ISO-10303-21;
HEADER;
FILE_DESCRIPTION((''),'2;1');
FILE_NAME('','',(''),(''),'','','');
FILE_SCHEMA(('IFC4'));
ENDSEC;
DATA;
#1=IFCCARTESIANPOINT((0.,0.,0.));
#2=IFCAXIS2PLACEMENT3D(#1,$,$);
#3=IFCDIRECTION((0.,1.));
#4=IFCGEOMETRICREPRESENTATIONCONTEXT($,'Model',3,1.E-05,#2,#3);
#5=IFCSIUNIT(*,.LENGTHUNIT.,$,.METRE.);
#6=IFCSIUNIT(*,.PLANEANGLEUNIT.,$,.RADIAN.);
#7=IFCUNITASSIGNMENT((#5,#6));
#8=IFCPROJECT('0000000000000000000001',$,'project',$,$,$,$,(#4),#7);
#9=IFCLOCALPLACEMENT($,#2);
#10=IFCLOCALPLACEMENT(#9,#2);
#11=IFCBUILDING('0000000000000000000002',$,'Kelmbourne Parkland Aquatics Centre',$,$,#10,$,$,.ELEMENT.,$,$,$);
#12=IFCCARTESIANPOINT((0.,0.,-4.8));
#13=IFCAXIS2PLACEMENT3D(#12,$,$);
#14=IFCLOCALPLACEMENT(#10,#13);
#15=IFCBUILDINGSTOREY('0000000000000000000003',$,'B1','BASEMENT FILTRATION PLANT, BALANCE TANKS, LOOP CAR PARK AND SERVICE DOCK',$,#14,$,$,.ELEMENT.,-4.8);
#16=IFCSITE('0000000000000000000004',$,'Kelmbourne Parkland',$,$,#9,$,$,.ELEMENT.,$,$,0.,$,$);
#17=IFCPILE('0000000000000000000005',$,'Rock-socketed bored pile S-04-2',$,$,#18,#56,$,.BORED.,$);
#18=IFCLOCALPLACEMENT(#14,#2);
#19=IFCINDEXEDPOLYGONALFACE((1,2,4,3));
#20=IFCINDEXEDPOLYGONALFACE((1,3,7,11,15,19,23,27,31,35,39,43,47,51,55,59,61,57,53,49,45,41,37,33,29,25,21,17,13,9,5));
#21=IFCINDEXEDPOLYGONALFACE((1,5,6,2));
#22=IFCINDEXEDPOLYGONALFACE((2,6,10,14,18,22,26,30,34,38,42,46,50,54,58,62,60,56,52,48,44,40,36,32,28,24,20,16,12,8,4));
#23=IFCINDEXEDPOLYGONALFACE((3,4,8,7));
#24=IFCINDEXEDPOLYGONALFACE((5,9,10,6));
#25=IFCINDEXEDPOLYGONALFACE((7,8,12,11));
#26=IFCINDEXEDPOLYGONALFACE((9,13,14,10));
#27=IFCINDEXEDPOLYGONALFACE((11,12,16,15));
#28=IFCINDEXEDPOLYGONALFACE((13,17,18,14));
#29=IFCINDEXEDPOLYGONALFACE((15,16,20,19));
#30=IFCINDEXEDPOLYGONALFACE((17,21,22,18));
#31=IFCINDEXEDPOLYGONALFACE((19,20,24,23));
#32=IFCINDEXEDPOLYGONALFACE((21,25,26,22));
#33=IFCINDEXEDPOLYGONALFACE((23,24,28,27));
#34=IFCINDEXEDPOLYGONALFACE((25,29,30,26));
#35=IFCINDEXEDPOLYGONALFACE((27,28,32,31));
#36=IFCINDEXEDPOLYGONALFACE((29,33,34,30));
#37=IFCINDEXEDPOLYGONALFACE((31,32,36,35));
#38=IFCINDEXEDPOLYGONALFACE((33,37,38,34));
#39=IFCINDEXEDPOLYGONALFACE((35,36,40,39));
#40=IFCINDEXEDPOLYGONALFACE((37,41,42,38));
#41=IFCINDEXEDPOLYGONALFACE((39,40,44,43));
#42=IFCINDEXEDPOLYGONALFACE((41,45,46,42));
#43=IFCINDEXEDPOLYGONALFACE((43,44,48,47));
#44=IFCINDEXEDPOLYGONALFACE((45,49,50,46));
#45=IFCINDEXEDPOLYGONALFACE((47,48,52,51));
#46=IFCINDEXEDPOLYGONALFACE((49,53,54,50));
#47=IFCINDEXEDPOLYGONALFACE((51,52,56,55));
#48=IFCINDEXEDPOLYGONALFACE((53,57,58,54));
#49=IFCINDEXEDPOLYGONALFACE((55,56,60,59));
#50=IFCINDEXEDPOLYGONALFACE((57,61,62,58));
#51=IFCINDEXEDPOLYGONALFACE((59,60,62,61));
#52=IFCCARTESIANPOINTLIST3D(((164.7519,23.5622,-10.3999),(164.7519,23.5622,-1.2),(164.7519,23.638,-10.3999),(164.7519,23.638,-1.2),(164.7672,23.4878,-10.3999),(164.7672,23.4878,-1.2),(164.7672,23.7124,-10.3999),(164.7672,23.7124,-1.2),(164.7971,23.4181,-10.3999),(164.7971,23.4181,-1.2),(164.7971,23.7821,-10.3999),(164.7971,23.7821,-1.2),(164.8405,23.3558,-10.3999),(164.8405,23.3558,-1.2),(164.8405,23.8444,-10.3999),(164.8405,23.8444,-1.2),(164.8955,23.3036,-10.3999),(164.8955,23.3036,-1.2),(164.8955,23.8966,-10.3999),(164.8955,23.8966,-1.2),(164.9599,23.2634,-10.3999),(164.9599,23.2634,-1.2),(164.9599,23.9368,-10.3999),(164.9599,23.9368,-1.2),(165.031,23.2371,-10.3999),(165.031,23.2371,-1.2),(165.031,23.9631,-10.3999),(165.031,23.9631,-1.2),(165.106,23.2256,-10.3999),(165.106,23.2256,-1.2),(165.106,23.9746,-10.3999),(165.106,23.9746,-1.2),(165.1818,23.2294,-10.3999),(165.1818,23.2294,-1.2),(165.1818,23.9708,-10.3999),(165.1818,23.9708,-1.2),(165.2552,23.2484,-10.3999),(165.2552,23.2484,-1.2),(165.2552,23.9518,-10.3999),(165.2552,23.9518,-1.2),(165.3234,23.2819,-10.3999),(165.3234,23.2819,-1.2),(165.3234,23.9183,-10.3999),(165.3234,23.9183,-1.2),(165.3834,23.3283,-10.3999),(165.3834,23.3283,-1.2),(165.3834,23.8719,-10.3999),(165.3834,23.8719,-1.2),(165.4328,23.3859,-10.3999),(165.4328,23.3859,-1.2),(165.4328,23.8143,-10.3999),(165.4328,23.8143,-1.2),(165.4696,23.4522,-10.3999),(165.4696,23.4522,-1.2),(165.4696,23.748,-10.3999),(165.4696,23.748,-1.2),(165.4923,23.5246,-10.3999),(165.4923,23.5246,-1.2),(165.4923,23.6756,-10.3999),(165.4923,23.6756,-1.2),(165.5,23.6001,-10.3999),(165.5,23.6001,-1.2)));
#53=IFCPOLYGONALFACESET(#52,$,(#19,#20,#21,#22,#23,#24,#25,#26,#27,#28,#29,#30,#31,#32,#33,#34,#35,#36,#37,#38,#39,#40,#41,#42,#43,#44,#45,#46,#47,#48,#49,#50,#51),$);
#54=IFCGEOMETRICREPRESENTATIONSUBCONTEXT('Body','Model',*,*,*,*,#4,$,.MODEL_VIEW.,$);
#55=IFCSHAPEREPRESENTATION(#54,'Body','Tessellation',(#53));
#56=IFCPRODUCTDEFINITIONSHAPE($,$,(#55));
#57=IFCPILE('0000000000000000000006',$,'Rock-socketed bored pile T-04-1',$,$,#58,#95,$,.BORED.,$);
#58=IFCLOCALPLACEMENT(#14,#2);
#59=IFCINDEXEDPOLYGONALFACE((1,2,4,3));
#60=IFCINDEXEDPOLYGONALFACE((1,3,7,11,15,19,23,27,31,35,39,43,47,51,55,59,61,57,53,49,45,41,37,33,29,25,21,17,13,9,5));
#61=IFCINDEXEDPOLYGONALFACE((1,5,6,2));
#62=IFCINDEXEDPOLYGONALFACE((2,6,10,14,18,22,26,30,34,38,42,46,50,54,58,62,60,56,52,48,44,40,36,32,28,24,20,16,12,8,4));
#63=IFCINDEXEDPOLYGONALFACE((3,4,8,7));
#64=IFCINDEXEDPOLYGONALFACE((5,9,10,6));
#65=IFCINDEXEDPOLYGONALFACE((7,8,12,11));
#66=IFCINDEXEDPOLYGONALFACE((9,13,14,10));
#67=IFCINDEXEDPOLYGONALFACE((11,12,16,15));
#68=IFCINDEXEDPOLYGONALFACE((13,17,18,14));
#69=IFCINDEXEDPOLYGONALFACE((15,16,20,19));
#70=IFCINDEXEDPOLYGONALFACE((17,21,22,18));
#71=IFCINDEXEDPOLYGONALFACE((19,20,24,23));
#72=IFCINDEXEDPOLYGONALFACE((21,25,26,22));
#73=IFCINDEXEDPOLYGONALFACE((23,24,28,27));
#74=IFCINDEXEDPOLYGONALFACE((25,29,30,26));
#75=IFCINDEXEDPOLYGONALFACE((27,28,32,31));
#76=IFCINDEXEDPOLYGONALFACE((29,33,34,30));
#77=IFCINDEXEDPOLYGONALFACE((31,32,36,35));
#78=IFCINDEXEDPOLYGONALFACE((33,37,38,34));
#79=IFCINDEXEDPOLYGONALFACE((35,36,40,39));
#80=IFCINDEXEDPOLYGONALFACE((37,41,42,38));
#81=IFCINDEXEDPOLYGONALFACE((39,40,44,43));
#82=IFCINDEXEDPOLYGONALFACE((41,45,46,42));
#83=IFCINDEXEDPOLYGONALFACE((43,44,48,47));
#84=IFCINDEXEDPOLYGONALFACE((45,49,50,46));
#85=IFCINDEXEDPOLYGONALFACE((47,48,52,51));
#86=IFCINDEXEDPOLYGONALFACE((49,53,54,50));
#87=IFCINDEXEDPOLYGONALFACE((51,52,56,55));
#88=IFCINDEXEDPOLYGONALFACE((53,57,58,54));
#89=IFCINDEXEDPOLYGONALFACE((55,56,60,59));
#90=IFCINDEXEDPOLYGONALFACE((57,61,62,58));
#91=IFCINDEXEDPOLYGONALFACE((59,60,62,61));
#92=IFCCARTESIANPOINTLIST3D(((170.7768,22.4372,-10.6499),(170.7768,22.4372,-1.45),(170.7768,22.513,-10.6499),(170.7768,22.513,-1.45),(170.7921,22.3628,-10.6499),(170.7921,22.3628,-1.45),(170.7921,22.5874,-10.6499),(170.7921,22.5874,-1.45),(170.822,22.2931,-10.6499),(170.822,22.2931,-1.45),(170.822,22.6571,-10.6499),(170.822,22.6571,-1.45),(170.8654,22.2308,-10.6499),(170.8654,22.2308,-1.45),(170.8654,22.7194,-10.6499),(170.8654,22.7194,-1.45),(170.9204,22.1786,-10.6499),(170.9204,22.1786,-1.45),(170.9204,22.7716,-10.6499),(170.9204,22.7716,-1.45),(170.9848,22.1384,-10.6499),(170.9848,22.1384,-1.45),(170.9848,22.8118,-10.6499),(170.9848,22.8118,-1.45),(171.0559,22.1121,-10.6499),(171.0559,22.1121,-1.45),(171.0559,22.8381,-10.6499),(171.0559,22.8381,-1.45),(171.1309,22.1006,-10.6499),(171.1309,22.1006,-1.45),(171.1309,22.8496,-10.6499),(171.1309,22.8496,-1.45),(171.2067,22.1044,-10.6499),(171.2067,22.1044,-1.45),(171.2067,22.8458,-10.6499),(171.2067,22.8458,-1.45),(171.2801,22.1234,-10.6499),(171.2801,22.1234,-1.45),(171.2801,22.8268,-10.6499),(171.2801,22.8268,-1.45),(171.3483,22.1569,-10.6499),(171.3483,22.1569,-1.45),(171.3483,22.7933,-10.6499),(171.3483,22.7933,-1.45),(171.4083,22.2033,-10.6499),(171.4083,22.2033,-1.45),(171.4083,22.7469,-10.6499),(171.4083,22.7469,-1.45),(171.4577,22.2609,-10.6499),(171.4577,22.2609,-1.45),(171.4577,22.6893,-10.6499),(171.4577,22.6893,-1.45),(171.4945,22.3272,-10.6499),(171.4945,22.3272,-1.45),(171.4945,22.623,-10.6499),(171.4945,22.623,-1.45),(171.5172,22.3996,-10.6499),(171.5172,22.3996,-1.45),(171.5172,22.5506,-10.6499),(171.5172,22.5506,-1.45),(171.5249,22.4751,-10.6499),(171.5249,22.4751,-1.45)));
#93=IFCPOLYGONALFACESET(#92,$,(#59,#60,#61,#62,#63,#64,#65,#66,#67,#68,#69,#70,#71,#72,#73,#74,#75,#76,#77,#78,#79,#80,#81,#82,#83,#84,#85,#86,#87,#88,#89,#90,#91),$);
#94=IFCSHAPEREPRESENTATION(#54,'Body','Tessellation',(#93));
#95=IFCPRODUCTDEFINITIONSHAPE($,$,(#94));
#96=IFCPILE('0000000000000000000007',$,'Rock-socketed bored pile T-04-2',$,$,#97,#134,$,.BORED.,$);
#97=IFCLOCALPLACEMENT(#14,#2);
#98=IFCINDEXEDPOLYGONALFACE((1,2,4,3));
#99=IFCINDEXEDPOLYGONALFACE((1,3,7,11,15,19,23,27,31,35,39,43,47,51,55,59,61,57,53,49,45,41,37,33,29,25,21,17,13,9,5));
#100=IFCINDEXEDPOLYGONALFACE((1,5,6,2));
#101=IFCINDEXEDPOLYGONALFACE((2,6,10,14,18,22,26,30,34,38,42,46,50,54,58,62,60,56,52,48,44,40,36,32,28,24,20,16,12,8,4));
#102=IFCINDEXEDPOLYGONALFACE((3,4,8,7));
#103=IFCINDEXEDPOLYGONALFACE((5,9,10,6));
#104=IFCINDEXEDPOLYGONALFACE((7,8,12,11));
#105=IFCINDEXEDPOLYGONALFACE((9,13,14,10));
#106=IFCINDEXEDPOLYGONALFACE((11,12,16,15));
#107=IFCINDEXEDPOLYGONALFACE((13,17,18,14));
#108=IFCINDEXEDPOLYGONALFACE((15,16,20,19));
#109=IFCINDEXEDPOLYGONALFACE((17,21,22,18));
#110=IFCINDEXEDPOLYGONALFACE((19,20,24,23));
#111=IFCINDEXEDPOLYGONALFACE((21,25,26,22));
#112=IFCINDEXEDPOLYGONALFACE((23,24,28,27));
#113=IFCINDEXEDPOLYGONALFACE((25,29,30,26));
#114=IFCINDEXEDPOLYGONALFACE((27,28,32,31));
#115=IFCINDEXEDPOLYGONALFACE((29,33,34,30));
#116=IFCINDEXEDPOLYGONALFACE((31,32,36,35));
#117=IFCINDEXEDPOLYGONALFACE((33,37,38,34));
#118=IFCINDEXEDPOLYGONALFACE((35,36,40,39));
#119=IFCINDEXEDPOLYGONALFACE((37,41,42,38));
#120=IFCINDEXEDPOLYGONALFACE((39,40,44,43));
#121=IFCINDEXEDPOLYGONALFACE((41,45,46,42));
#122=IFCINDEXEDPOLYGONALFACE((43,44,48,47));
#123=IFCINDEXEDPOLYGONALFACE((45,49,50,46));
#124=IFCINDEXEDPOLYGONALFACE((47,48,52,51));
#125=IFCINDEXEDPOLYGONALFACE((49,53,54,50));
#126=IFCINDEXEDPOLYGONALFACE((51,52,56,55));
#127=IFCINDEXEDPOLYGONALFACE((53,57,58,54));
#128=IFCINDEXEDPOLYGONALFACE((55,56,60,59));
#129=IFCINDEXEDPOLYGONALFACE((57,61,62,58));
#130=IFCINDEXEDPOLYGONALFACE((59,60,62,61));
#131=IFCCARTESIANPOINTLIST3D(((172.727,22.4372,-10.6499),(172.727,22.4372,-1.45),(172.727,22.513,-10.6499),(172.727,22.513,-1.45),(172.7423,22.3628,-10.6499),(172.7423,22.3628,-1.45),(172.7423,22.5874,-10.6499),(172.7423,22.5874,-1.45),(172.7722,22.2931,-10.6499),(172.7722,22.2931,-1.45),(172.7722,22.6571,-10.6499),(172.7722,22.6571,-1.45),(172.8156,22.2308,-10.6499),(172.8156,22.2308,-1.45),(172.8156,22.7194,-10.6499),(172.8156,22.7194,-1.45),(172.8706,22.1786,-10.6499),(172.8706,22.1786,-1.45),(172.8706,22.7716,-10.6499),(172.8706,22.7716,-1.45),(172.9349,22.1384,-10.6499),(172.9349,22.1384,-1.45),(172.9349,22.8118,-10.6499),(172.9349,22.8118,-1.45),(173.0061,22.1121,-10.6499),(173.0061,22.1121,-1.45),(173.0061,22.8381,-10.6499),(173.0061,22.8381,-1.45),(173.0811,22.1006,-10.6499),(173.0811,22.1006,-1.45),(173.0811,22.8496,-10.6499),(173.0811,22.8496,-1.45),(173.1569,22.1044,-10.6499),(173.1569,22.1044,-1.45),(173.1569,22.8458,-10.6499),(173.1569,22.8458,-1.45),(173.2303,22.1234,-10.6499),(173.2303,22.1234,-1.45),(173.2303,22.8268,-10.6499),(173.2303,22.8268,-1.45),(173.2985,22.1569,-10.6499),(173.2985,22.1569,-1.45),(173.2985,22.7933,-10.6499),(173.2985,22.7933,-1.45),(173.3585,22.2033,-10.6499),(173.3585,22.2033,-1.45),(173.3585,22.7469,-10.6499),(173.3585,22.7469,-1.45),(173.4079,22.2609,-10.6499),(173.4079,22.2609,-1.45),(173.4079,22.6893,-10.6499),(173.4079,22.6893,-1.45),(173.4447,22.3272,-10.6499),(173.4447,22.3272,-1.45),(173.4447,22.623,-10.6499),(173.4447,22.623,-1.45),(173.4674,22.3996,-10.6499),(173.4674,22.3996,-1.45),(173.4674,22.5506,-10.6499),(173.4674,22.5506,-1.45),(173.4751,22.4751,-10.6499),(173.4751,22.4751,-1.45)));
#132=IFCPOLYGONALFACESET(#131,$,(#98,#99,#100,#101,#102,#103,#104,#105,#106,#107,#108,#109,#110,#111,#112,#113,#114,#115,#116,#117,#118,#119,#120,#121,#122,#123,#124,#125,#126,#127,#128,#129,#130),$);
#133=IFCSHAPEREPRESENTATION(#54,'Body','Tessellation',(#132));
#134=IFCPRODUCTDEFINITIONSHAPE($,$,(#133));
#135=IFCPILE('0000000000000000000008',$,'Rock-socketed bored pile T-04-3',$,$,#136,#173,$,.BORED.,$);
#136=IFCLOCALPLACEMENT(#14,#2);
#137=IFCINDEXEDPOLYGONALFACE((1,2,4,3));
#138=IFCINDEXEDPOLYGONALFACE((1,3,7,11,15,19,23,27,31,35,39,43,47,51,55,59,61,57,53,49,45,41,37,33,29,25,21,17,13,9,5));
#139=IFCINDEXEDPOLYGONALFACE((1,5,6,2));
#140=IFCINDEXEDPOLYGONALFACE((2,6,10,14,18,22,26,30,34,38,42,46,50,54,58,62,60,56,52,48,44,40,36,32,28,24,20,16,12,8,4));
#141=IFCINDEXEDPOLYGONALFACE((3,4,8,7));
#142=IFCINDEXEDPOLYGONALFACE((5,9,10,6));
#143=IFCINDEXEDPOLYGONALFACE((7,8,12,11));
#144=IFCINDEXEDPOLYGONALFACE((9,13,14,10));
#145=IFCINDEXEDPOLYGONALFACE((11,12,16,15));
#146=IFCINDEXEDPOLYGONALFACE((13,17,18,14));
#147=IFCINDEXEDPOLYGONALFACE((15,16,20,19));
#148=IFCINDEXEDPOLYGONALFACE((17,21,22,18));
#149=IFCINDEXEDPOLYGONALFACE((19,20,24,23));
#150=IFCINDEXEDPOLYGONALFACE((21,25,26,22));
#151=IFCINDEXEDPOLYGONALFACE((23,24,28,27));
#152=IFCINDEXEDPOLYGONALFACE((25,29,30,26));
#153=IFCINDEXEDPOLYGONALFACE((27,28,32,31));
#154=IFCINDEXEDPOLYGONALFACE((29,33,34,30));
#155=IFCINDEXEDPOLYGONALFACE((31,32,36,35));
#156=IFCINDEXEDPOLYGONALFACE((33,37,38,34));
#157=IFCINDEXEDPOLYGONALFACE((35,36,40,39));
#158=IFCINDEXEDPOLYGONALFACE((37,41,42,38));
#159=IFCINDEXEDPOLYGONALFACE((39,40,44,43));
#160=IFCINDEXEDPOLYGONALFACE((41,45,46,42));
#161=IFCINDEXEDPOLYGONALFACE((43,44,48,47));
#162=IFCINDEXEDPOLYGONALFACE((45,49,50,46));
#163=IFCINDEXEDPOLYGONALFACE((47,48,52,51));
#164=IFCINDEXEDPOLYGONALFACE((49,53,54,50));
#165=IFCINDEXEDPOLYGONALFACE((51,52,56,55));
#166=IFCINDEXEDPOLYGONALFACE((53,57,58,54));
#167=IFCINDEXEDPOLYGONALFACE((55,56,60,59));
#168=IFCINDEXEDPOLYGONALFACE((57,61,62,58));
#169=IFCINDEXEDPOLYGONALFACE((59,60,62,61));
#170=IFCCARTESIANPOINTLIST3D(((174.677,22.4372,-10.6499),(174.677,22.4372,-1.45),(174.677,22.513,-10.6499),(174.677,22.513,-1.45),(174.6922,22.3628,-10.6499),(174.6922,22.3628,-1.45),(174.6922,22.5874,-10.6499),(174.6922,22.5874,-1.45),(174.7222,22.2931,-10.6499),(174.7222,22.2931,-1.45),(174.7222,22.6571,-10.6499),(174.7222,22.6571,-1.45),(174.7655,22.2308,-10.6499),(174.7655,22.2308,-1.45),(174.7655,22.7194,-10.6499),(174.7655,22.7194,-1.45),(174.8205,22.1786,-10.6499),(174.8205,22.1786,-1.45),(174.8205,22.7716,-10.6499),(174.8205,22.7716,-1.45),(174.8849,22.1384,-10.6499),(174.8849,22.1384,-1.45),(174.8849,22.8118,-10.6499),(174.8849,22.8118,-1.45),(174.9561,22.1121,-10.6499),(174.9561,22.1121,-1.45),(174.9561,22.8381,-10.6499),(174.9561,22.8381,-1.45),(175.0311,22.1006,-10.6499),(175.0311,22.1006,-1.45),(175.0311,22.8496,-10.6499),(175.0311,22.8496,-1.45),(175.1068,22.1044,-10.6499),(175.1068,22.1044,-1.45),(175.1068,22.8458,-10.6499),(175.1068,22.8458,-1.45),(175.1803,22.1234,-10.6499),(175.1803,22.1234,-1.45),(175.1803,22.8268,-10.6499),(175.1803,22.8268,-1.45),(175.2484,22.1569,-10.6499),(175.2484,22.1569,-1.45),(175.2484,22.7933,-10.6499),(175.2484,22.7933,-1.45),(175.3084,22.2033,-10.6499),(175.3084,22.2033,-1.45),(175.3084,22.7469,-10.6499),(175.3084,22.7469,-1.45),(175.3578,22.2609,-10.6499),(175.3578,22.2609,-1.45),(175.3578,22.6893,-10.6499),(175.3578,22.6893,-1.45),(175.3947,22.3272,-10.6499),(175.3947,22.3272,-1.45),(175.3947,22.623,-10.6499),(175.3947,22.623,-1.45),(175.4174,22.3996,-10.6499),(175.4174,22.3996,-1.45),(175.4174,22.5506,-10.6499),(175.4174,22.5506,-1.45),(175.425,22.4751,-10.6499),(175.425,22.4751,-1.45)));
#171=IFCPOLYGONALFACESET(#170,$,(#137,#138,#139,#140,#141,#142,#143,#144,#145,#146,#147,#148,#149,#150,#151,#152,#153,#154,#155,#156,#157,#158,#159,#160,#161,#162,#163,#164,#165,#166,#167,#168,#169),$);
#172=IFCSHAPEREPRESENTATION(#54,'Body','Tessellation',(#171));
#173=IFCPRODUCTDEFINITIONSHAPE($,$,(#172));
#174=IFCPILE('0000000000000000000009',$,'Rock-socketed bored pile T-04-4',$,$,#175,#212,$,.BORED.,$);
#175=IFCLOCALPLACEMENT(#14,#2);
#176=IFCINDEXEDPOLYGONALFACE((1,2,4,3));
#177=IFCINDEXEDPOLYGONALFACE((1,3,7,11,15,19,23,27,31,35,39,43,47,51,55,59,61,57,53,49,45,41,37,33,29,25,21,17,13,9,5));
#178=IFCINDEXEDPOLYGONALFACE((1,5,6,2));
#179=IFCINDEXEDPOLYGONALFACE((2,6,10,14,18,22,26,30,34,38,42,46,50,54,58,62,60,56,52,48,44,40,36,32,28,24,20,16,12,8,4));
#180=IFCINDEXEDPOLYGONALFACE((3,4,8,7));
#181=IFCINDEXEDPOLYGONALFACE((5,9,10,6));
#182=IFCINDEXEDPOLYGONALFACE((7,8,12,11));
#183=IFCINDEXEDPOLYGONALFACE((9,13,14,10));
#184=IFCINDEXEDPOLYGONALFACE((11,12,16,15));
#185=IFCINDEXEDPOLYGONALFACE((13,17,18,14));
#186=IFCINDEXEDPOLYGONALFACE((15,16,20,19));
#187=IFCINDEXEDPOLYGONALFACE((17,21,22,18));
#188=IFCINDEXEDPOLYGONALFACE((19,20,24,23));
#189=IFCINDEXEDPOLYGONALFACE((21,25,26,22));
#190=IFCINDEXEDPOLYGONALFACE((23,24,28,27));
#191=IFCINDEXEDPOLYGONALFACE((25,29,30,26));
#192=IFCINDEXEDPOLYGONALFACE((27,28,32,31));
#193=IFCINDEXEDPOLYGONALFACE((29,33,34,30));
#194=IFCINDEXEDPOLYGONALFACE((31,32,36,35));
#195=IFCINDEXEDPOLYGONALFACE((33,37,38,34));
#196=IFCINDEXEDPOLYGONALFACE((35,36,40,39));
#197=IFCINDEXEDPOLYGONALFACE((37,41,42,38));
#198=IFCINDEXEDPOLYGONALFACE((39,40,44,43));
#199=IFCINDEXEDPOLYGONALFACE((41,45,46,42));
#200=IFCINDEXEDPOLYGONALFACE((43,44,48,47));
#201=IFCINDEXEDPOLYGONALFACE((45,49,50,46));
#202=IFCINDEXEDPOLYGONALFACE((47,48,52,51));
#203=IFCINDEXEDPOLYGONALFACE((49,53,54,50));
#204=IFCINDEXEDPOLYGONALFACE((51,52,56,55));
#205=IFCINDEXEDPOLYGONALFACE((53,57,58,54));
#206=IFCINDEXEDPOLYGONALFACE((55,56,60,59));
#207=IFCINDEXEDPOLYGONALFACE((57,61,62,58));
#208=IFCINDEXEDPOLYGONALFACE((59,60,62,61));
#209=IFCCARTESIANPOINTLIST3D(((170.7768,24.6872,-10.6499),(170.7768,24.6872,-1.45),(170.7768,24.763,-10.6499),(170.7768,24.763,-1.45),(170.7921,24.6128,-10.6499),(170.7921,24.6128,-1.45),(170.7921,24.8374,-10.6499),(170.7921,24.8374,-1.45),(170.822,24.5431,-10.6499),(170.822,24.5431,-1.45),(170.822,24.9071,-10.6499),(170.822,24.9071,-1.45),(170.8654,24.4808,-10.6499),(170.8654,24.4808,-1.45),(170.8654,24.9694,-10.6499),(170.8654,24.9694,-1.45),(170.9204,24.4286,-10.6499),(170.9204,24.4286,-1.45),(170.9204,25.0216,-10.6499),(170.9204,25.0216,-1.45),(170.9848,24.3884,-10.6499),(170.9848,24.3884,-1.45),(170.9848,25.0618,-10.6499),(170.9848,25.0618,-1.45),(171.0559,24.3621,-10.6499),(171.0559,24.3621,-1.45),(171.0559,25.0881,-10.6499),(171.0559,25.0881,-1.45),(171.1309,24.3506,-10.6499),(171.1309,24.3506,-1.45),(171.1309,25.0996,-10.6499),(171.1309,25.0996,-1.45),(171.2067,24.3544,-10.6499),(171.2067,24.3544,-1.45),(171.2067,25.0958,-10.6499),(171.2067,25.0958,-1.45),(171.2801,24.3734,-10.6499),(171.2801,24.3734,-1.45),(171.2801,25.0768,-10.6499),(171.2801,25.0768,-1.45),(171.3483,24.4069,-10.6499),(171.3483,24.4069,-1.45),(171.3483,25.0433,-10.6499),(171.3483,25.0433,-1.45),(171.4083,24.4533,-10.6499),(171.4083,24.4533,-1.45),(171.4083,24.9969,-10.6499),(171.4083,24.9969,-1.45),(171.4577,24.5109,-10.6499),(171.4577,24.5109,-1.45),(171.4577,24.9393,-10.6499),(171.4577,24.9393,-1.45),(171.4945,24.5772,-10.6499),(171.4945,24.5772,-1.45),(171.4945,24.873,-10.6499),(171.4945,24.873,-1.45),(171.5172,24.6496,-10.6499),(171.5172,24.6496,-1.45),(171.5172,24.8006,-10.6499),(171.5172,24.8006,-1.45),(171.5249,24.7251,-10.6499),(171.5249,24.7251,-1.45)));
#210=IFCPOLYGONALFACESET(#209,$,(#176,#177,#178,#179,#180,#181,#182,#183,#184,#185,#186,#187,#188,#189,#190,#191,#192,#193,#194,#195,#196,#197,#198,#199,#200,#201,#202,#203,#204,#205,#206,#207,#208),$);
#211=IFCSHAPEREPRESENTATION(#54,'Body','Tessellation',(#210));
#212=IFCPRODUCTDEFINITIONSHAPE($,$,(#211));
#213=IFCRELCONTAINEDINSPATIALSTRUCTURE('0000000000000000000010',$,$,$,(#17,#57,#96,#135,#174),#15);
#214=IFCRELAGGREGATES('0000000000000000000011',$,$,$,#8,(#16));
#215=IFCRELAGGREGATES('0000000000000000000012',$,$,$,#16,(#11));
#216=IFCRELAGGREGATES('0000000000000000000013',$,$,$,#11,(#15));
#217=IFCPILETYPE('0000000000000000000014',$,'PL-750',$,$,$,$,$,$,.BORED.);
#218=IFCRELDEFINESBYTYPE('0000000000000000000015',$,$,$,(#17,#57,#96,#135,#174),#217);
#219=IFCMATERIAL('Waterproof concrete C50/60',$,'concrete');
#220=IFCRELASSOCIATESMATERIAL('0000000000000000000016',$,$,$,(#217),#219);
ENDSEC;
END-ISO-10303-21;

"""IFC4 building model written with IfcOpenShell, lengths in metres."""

from ifc_helpers import new_model, si_unit, direction, frame, origin, origin_2d, place, context, subcontext, project, spatial, circle, extrude, material, material_profile, profile_set, type_object, element, save


model = new_model("IFC4")

# Units and contexts
model_context = context("Model", 3, precision=1e-05, world=origin(), true_north=direction((0.0, 1.0)))
body_context = subcontext(model_context, "Body", "Model", "MODEL_VIEW")
ifc_project = project(units=[si_unit("LENGTHUNIT", "METRE"), si_unit("PLANEANGLEUNIT", "RADIAN")], contexts=[model_context])

# Site, building, storey
site_placement = place(None, origin())
site = spatial("IfcSite", under=ifc_project, at=site_placement, Name="Kelmbourne Parkland", CompositionType="ELEMENT", RefElevation=0.0)
building_placement = place(site_placement, origin())
building = spatial("IfcBuilding", under=site, at=building_placement, Name="Kelmbourne Parkland Aquatics Centre", CompositionType="ELEMENT")
storey_placement = place(building_placement, frame((0.0, 0.0, -4.8)))
storey = spatial("IfcBuildingStorey", under=building, at=storey_placement, Name="B1", Description="BASEMENT FILTRATION PLANT, BALANCE TANKS, LOOP CAR PARK AND SERVICE DOCK", CompositionType="ELEMENT", Elevation=-4.8)

# Shared definitions
ifc_material_1 = material(Name="Waterproof concrete C50/60", Category="concrete")

# Piles
ifc_material_profile_1 = material_profile(ifc_material_1, circle(Radius=0.375, at=origin_2d()), Name="PILE D750")
ifc_profile_set_1 = profile_set([ifc_material_profile_1], Name="Waterproof concrete C50/60")
pile_type_1 = type_object("IfcPileType", Name="PL-750", PredefinedType="BORED", material=ifc_profile_set_1)
for number, where, z_axis, x_axis, name in (
    (1, (165.125, 23.6001, -1.2), (0.0, 0.0, -1.0), (1.0, 0.0, 0.0), "Rock-socketed bored pile S-04-2"),
    (2, (171.1499, 22.4751, -1.45), (0.0, 0.0, -1.0), (1.0, 0.0, 0.0), "Rock-socketed bored pile T-04-1"),
    (3, (173.1001, 22.4751, -1.45), (0.0, 0.0, -1.0), (1.0, 0.0, 0.0), "Rock-socketed bored pile T-04-2"),
    (4, (175.05, 22.4751, -1.45), (0.0, 0.0, -1.0), (1.0, 0.0, 0.0), "Rock-socketed bored pile T-04-3"),
    (5, (171.1499, 24.7251, -1.45), (0.0, 0.0, -1.0), (1.0, 0.0, 0.0), "Rock-socketed bored pile T-04-4"),
):
    element("IfcPile", number, at=place(storey_placement, frame(where, z_axis=z_axis, x_axis=x_axis)), inside=storey, type_object=pile_type_1, Name=name, PredefinedType="BORED", context=body_context, shape_type="SweptSolid", body=[
        extrude(circle(Radius=0.375, at=origin_2d()), origin(), (0.0, 0.0, 1.0), 9.2),
    ])

save(model, "model.ifc")
